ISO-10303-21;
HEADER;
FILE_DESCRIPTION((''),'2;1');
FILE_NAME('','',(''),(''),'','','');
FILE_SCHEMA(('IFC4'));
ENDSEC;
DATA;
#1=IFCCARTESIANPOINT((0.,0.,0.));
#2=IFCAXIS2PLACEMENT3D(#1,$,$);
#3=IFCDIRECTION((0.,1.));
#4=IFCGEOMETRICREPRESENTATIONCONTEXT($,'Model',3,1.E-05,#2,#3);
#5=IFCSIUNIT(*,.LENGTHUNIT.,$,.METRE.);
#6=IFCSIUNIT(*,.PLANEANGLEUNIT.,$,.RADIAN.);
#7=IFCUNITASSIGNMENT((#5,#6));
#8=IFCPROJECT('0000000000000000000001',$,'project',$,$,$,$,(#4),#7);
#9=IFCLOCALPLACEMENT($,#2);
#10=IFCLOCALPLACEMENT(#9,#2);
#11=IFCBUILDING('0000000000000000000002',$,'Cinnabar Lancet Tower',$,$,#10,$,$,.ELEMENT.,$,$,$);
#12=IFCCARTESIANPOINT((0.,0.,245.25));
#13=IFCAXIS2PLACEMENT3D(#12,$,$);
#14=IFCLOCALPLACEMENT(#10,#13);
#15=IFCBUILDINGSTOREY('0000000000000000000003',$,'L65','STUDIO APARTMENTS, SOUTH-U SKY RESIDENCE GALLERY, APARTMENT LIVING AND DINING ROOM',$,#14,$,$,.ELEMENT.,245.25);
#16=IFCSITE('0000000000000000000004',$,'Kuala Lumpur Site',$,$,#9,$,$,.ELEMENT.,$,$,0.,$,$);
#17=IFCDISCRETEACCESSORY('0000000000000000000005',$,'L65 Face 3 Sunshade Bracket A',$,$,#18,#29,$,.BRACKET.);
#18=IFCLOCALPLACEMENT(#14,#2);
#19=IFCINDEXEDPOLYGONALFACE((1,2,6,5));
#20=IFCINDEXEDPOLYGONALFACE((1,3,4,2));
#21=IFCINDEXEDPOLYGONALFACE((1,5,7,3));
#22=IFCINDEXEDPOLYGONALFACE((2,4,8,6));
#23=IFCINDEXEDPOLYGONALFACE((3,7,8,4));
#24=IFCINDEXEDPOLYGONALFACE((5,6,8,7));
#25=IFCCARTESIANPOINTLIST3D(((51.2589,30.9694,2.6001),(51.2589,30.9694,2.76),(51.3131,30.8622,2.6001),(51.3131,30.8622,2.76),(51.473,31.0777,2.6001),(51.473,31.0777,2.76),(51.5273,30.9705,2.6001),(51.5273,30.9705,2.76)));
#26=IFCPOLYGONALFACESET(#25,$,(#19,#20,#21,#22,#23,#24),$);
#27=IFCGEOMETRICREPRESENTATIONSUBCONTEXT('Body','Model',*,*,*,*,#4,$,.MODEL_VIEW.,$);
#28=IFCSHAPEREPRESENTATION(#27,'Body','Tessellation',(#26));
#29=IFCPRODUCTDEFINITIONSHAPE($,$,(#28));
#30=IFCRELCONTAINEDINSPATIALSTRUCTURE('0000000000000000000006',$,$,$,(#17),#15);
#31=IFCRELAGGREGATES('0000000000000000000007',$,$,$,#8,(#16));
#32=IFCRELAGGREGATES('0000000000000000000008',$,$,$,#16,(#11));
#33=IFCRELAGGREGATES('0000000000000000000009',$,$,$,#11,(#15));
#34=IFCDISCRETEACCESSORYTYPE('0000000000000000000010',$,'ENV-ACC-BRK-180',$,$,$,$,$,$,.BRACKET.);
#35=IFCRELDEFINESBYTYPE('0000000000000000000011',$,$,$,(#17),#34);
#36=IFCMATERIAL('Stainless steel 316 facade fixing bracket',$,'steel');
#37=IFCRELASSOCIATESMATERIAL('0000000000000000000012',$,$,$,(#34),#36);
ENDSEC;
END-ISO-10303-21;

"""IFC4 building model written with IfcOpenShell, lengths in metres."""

from ifc_helpers import new_model, si_unit, direction, frame, origin, origin_2d, place, context, subcontext, project, spatial, rectangle, extrude, material, type_object, element, save


model = new_model("IFC4")

# Units and contexts
model_context = context("Model", 3, precision=1e-05, world=origin(), true_north=direction((0.0, 1.0)))
body_context = subcontext(model_context, "Body", "Model", "MODEL_VIEW")
ifc_project = project(units=[si_unit("LENGTHUNIT", "METRE"), si_unit("PLANEANGLEUNIT", "RADIAN")], contexts=[model_context])

# Site, building, storey
site_placement = place(None, origin())
site = spatial("IfcSite", under=ifc_project, at=site_placement, Name="Kuala Lumpur Site", CompositionType="ELEMENT", RefElevation=0.0)
building_placement = place(site_placement, origin())
building = spatial("IfcBuilding", under=site, at=building_placement, Name="Cinnabar Lancet Tower", CompositionType="ELEMENT")
storey_placement = place(building_placement, frame((0.0, 0.0, 245.25)))
storey = spatial("IfcBuildingStorey", under=building, at=storey_placement, Name="L65", Description="STUDIO APARTMENTS, SOUTH-U SKY RESIDENCE GALLERY, APARTMENT LIVING AND DINING ROOM", CompositionType="ELEMENT", Elevation=245.25)

# Discrete accessory
ifc_material_1 = material(Name="Stainless steel 316 facade fixing bracket", Category="steel")
discrete_accessory_type = type_object("IfcDiscreteAccessoryType", Name="ENV-ACC-BRK-180", PredefinedType="BRACKET", material=ifc_material_1)
discrete_accessory_placement = place(storey_placement, frame((51.3931, 30.97, 2.6001), z_axis=(0.0, 0.0, 1.0), x_axis=(-0.451376, 0.892334, 0.0)))
element("IfcDiscreteAccessory", 1, at=discrete_accessory_placement, inside=storey, type_object=discrete_accessory_type, Name="L65 Face 3 Sunshade Bracket A", PredefinedType="BRACKET", context=body_context, shape_type="SweptSolid", body=[
    extrude(rectangle(XDim=0.1201, YDim=0.24, at=origin_2d()), origin(), (0.0, 0.0, 1.0), 0.1599),
])

save(model, "model.ifc")
